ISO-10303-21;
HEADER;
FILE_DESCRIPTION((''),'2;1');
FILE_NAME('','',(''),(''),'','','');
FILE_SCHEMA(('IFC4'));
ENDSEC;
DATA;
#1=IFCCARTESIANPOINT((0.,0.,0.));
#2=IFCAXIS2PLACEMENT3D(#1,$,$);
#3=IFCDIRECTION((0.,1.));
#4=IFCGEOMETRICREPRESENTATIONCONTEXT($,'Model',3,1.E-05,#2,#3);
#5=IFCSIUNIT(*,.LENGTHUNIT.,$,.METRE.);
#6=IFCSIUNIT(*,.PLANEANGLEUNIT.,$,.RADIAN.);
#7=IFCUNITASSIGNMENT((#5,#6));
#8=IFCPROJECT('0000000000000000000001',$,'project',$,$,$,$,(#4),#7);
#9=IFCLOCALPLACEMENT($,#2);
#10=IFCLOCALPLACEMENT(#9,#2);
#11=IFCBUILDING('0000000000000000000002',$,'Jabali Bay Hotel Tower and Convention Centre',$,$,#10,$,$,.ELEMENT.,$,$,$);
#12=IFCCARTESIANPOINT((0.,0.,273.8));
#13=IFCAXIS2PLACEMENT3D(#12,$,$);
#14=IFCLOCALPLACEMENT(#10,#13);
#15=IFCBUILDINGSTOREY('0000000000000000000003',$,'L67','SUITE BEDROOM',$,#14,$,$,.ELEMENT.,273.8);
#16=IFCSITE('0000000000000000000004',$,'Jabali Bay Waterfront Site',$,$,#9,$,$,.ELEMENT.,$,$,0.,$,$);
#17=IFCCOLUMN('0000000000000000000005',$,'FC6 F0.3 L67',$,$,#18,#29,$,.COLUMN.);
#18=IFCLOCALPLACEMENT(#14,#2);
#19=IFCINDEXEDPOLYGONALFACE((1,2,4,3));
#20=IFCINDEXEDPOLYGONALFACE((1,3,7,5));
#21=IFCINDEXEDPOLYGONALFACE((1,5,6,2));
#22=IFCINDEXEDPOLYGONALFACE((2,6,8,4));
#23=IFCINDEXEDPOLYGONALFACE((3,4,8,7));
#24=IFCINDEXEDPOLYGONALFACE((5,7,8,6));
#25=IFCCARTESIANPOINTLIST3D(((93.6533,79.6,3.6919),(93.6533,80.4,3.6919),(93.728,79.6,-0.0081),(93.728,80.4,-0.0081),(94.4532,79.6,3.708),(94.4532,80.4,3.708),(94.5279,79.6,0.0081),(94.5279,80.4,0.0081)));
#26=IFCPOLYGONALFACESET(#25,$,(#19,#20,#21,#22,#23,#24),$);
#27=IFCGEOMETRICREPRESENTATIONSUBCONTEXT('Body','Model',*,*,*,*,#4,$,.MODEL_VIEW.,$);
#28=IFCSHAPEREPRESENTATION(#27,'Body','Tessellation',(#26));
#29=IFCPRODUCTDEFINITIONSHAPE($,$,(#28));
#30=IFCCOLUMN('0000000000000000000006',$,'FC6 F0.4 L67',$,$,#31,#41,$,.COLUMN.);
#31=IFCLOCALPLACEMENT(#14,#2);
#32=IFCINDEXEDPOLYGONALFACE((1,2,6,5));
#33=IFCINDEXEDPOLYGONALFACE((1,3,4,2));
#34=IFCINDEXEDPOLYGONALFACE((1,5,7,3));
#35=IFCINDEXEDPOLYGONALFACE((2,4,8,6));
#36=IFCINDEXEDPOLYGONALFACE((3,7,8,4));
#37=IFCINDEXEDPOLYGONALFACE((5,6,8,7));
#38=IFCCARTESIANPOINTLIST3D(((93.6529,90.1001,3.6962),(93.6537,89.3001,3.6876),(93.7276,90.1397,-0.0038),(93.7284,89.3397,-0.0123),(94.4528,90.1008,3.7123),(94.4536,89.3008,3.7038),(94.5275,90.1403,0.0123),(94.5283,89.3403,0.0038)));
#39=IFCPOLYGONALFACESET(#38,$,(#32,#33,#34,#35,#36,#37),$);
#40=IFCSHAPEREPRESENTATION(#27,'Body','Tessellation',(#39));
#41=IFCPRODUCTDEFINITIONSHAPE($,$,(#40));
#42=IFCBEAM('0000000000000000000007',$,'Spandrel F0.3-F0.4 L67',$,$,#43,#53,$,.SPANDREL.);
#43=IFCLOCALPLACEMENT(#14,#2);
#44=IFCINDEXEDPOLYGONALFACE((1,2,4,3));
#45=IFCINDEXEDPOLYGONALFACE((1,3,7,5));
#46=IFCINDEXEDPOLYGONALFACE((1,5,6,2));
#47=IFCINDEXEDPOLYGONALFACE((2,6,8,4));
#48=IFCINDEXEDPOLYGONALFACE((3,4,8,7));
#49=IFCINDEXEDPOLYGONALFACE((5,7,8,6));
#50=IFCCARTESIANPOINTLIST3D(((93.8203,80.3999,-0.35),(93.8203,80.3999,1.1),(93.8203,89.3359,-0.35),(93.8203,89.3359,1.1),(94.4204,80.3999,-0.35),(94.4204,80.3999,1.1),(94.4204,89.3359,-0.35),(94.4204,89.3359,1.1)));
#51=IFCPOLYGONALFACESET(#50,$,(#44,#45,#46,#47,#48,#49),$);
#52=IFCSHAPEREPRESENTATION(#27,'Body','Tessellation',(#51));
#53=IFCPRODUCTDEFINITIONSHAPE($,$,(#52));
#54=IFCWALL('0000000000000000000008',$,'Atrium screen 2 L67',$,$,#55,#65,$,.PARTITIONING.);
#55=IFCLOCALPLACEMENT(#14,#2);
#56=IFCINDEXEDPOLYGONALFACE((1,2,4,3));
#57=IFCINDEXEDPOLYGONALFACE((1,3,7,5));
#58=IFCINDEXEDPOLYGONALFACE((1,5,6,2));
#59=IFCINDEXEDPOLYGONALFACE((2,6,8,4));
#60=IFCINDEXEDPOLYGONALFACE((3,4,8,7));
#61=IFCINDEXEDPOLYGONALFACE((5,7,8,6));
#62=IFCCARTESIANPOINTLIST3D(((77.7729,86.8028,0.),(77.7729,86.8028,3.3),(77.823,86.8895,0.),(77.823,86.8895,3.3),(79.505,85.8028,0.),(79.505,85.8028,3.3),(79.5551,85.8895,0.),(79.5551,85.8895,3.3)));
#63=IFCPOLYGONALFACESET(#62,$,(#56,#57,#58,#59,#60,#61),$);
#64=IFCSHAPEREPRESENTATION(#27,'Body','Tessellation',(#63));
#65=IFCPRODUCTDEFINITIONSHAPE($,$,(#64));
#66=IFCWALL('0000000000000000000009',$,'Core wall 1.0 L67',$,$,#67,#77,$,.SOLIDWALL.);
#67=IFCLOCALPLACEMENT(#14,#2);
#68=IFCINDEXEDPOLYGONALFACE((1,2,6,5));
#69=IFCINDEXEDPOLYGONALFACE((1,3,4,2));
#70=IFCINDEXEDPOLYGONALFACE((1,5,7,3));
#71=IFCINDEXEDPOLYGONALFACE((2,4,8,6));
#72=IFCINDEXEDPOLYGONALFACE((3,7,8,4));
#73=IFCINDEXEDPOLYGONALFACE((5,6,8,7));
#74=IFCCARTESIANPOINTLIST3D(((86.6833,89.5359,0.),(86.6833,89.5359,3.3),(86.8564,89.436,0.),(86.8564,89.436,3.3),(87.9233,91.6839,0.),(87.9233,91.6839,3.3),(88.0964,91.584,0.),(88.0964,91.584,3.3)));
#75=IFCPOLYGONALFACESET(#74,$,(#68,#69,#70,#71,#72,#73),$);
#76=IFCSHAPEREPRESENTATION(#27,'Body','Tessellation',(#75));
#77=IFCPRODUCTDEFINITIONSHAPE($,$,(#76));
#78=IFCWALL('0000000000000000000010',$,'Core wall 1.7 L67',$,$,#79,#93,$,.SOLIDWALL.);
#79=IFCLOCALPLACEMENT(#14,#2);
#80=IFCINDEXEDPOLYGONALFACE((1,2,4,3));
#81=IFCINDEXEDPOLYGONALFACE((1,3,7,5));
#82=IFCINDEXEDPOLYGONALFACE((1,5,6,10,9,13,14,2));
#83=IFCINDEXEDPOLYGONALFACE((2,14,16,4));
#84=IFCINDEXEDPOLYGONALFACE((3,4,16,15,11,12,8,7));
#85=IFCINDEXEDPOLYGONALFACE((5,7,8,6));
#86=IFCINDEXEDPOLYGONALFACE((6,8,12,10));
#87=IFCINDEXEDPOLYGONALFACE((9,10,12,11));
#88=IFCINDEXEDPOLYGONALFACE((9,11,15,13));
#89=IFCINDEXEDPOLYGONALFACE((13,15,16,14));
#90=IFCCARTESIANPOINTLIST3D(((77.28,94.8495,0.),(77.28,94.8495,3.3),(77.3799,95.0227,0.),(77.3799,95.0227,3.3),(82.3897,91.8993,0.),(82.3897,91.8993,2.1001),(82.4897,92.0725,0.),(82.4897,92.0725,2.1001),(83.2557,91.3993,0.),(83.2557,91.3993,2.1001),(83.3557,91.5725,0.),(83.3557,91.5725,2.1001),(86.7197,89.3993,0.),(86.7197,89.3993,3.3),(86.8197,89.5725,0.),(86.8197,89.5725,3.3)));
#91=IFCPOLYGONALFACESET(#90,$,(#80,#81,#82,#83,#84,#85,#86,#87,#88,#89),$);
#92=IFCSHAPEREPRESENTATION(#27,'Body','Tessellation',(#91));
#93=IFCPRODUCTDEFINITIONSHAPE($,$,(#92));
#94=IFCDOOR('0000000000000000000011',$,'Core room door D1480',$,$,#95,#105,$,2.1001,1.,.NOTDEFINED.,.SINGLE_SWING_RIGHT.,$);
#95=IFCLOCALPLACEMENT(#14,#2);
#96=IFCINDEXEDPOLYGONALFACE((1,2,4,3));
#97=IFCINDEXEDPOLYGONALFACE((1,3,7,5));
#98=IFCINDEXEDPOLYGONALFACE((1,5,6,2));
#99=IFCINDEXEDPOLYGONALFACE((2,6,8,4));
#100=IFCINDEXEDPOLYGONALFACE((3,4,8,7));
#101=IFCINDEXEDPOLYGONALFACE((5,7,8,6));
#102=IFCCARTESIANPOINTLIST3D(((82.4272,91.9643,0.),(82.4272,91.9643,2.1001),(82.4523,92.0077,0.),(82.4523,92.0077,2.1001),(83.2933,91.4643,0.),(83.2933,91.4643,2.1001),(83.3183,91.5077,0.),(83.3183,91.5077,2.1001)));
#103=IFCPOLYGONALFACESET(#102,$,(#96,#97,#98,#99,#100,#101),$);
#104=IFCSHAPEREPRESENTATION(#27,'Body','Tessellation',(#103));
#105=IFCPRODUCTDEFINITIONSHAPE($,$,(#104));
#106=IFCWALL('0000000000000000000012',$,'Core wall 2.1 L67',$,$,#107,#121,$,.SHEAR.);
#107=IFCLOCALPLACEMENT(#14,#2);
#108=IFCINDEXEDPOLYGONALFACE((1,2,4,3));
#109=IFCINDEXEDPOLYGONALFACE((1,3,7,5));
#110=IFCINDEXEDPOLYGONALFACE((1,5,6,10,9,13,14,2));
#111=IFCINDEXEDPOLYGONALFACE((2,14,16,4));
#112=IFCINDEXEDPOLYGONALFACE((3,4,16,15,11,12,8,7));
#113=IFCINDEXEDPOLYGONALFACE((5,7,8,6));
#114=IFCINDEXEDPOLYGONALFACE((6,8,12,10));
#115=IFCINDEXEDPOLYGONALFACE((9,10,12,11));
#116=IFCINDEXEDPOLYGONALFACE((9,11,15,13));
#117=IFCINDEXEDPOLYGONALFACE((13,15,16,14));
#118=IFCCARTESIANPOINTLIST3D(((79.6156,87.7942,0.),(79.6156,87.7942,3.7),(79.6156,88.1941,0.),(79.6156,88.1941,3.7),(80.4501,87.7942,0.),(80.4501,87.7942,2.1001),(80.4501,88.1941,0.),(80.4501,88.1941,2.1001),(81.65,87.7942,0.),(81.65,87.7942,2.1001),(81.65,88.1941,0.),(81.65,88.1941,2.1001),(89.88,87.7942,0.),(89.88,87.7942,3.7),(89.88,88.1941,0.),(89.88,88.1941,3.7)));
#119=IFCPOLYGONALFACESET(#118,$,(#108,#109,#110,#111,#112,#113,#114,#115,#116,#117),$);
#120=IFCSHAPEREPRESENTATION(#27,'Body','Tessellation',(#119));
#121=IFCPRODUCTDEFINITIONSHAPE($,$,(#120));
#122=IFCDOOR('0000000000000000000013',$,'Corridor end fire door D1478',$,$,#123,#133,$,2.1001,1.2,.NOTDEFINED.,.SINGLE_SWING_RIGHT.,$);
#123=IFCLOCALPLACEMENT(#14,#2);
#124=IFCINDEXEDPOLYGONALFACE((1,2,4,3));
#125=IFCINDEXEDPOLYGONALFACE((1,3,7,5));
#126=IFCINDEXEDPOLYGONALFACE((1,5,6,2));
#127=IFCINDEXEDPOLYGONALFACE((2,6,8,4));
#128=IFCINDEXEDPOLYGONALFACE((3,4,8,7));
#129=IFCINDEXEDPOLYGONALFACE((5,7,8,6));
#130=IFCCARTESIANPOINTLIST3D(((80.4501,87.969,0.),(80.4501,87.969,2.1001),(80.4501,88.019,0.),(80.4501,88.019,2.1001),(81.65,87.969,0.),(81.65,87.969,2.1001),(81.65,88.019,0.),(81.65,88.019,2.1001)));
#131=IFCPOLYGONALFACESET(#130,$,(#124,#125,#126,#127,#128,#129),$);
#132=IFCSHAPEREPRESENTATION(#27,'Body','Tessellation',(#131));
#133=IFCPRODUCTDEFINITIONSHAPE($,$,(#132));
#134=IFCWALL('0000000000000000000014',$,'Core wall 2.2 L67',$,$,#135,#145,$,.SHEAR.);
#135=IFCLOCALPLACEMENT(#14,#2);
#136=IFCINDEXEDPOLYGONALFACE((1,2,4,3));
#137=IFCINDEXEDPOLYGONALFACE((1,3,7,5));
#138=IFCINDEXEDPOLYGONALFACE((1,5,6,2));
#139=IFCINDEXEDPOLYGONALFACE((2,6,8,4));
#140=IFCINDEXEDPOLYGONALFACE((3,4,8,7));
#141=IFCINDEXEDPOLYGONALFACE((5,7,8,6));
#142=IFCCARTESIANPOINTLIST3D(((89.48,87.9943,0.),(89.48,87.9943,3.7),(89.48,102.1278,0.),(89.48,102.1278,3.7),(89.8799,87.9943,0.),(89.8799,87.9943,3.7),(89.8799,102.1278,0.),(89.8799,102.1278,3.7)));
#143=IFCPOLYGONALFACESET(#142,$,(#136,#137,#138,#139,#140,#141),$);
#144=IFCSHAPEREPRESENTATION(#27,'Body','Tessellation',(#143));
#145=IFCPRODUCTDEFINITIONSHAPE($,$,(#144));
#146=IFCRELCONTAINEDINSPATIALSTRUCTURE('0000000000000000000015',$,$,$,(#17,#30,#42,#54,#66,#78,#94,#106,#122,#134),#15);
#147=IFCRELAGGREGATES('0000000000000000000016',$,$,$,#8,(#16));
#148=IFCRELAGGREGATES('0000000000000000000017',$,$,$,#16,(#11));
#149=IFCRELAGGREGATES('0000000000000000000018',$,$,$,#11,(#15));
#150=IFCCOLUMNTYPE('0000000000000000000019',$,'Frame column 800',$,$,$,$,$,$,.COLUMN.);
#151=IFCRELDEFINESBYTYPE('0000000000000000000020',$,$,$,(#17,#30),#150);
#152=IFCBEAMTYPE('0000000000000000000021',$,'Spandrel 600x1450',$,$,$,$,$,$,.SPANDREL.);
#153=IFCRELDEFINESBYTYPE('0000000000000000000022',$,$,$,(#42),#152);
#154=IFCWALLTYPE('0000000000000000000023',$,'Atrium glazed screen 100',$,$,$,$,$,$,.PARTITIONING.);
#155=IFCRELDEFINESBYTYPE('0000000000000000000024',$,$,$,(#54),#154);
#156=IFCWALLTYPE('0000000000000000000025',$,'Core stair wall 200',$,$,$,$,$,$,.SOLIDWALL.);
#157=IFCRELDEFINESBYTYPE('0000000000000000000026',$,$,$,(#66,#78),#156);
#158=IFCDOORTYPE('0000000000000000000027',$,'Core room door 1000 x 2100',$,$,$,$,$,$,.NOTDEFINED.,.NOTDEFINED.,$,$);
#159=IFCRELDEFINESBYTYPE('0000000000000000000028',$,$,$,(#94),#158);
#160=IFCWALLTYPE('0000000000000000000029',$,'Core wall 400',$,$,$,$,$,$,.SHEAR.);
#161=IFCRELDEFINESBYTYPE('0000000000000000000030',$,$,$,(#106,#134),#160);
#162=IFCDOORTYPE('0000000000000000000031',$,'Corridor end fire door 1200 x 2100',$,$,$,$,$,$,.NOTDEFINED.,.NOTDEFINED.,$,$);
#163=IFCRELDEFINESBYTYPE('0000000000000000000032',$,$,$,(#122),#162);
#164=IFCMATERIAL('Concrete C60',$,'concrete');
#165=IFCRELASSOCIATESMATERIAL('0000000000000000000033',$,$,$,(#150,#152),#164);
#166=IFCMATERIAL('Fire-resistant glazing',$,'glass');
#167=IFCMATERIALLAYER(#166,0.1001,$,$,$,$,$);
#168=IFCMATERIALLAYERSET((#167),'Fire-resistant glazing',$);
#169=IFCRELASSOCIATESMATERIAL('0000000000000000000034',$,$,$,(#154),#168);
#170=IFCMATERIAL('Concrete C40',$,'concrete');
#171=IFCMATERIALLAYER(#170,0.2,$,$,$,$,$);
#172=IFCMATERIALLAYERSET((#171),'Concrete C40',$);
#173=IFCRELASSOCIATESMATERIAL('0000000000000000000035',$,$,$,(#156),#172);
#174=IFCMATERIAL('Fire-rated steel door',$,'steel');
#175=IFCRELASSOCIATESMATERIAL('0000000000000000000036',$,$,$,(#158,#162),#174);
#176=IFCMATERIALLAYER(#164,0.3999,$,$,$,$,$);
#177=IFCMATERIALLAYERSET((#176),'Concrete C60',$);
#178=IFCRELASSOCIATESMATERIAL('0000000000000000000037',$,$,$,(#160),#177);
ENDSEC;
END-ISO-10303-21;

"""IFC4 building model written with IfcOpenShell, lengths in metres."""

from ifc_helpers import new_model, si_unit, direction, frame, frame_2d, origin, origin_2d, place, context, subcontext, project, spatial, rectangle, extrude, material, layer, layer_set, material_profile, profile_set, type_object, element, fill, save


model = new_model("IFC4")

# Units and contexts
model_context = context("Model", 3, precision=1e-05, world=origin(), true_north=direction((0.0, 1.0)))
body_context = subcontext(model_context, "Body", "Model", "MODEL_VIEW")
ifc_project = project(units=[si_unit("LENGTHUNIT", "METRE"), si_unit("PLANEANGLEUNIT", "RADIAN")], contexts=[model_context])

# Site, building, storey
site_placement = place(None, origin())
site = spatial("IfcSite", under=ifc_project, at=site_placement, Name="Jabali Bay Waterfront Site", CompositionType="ELEMENT", RefElevation=0.0)
building_placement = place(site_placement, origin())
building = spatial("IfcBuilding", under=site, at=building_placement, Name="Jabali Bay Hotel Tower and Convention Centre", CompositionType="ELEMENT")
storey_placement = place(building_placement, frame((0.0, 0.0, 273.8)))
storey = spatial("IfcBuildingStorey", under=building, at=storey_placement, Name="L67", Description="SUITE BEDROOM", CompositionType="ELEMENT", Elevation=273.8)

# Columns
ifc_material_1 = material(Name="Concrete C60", Category="concrete")
ifc_material_profile_1 = material_profile(ifc_material_1, rectangle(XDim=0.8, YDim=0.8, at=origin_2d()), Name="Frame column 800")
ifc_profile_set_1 = profile_set([ifc_material_profile_1], Name="Concrete C60")
column_type = type_object("IfcColumnType", Name="Frame column 800", PredefinedType="COLUMN", material=ifc_profile_set_1)
column_1_placement = place(storey_placement, frame((94.1279, 80.0, 0.0), z_axis=(-0.020187, 0.0, 0.999796), x_axis=(0.0, -1.0, 0.0)))
element("IfcColumn", 1, at=column_1_placement, inside=storey, type_object=column_type, Name="FC6 F0.3 L67", PredefinedType="COLUMN", context=body_context, shape_type="SweptSolid", body=[
    extrude(rectangle(XDim=0.8, YDim=0.8, at=origin_2d()), origin(), (0.0, 0.0, 1.0), 3.7007),
])
column_2_placement = place(storey_placement, frame((94.1279, 89.74, 0.0), z_axis=(-0.020186, -0.010687, 0.999739), x_axis=(0.999796, 0.000808, 0.020196)))
element("IfcColumn", 2, at=column_2_placement, inside=storey, type_object=column_type, Name="FC6 F0.4 L67", PredefinedType="COLUMN", context=body_context, shape_type="SweptSolid", body=[
    extrude(rectangle(XDim=0.8, YDim=0.8, at=origin_2d()), origin(), (0.0, 0.0, 1.0), 3.7009),
])

# Beam
ifc_material_profile_2 = material_profile(ifc_material_1, rectangle(XDim=0.6001, YDim=1.45, at=origin_2d()), Name="Spandrel 600x1450")
ifc_profile_set_2 = profile_set([ifc_material_profile_2], Name="Concrete C60")
beam_type = type_object("IfcBeamType", Name="Spandrel 600x1450", PredefinedType="SPANDREL", material=ifc_profile_set_2)
beam_placement = place(storey_placement, frame((94.1204, 80.3999, 0.375), z_axis=(0.0, 1.0, 0.0), x_axis=(-1.0, 0.0, 0.0)))
element("IfcBeam", 3, at=beam_placement, inside=storey, type_object=beam_type, Name="Spandrel F0.3-F0.4 L67", PredefinedType="SPANDREL", context=body_context, shape_type="SweptSolid", body=[
    extrude(rectangle(XDim=0.6001, YDim=1.45, at=origin_2d()), origin(), (0.0, 0.0, 1.0), 8.936),
])

# Walls
ifc_material_2 = material(Name="Fire-resistant glazing", Category="glass")
ifc_layer_1 = layer(ifc_material_2, 0.1001)
ifc_layer_set_1 = layer_set([ifc_layer_1], Name="Fire-resistant glazing")
wall_type_1 = type_object("IfcWallType", Name="Atrium glazed screen 100", PredefinedType="PARTITIONING", material=ifc_layer_set_1)
wall_1_placement = place(storey_placement, frame((79.53, 85.8462, 0.0), z_axis=(0.0, 0.0, 1.0), x_axis=(-0.866041, 0.499973, 0.0)))
element("IfcWall", 4, at=wall_1_placement, inside=storey, type_object=wall_type_1, Name="Atrium screen 2 L67", PredefinedType="PARTITIONING", context=body_context, shape_type="SweptSolid", body=[
    extrude(rectangle(XDim=2.0, YDim=0.1001, at=frame_2d((1.0, 0.0))), origin(), (0.0, 0.0, 1.0), 3.3),
])
ifc_material_3 = material(Name="Concrete C40", Category="concrete")
ifc_layer_2 = layer(ifc_material_3, 0.2)
ifc_layer_set_2 = layer_set([ifc_layer_2], Name="Concrete C40")
wall_type_2 = type_object("IfcWallType", Name="Core stair wall 200", PredefinedType="SOLIDWALL", material=ifc_layer_set_2)
wall_2_placement = place(storey_placement, frame((86.7698, 89.4858, 0.0), z_axis=(0.0, 0.0, 1.0), x_axis=(0.499961, 0.866048, 0.0)))
element("IfcWall", 5, at=wall_2_placement, inside=storey, type_object=wall_type_2, Name="Core wall 1.0 L67", PredefinedType="SOLIDWALL", context=body_context, shape_type="SweptSolid", body=[
    extrude(rectangle(XDim=2.4802, YDim=0.2, at=frame_2d((1.2402, 0.0))), origin(), (0.0, 0.0, 1.0), 3.3),
])

# Walls, openings, doors
wall_3_placement = place(storey_placement, frame((86.7698, 89.4858, 0.0), z_axis=(0.0, 0.0, 1.0), x_axis=(-0.866018, 0.500013, 0.0)))
wall_3 = element("IfcWall", 6, at=wall_3_placement, inside=storey, type_object=wall_type_2, Name="Core wall 1.7 L67", PredefinedType="SOLIDWALL", context=body_context, shape_type="SweptSolid", body=[
    extrude(rectangle(XDim=10.9001, YDim=0.2, at=frame_2d((5.4502, 0.0))), origin(), (0.0, 0.0, 1.0), 3.3),
])
opening_1_placement = place(wall_3_placement, frame((4.0, 0.0, 0.0)))
opening_1 = element("IfcOpeningElement", 7, at=opening_1_placement, cuts=wall_3, PredefinedType="OPENING", context=body_context, shape_type="SweptSolid", body=[
    extrude(rectangle(XDim=1.0, YDim=2.1001, at=frame_2d((0.5, 1.05))), frame((0.0, 0.1104, 0.0), z_axis=(0.0, -1.0, 0.0), x_axis=(1.0, 0.0, 0.0)), (0.0, 0.0, 1.0), 0.2209),
])
ifc_material_4 = material(Name="Fire-rated steel door", Category="steel")
door_type_1 = type_object("IfcDoorType", Name="Core room door 1000 x 2100", OperationType="NOTDEFINED", PredefinedType="NOTDEFINED", material=ifc_material_4)
door_1_placement = place(opening_1_placement, origin())
door_1 = element("IfcDoor", 8, at=door_1_placement, inside=storey, type_object=door_type_1, Name="Core room door D1480", OperationType="SINGLE_SWING_RIGHT", OverallHeight=2.1001, OverallWidth=1.0, PredefinedType="NOTDEFINED", context=body_context, shape_type="SweptSolid", body=[
    extrude(rectangle(XDim=1.0, YDim=2.1001, at=frame_2d((0.5, 1.05))), frame((0.0, 0.0249, 0.0), z_axis=(0.0, -1.0, 0.0), x_axis=(1.0, 0.0, 0.0)), (0.0, 0.0, 1.0), 0.05),
])
fill(opening_1, door_1)
ifc_layer_3 = layer(ifc_material_1, 0.3999)
ifc_layer_set_3 = layer_set([ifc_layer_3], Name="Concrete C60")
wall_type_3 = type_object("IfcWallType", Name="Core wall 400", PredefinedType="SHEAR", material=ifc_layer_set_3)
wall_4_placement = place(storey_placement, frame((79.6155, 87.9941, 0.0), z_axis=(0.0, 0.0, 1.0), x_axis=(1.0, 0.0, 0.0)))
wall_4 = element("IfcWall", 9, at=wall_4_placement, inside=storey, type_object=wall_type_3, Name="Core wall 2.1 L67", PredefinedType="SHEAR", context=body_context, shape_type="SweptSolid", body=[
    extrude(rectangle(XDim=10.2644, YDim=0.3999, at=frame_2d((5.1323, 0.0))), origin(), (0.0, 0.0, 1.0), 3.7),
])
opening_2_placement = place(wall_4_placement, frame((0.8345, 0.0, 0.0)))
opening_2 = element("IfcOpeningElement", 10, at=opening_2_placement, cuts=wall_4, PredefinedType="OPENING", context=body_context, shape_type="SweptSolid", body=[
    extrude(rectangle(XDim=1.2, YDim=2.1001, at=frame_2d((0.6001, 1.05))), frame((0.0, 0.2104, 0.0), z_axis=(0.0, -1.0, 0.0), x_axis=(1.0, 0.0, 0.0)), (0.0, 0.0, 1.0), 0.4209),
])
door_type_2 = type_object("IfcDoorType", Name="Corridor end fire door 1200 x 2100", OperationType="NOTDEFINED", PredefinedType="NOTDEFINED", material=ifc_material_4)
door_2_placement = place(opening_2_placement, origin())
door_2 = element("IfcDoor", 11, at=door_2_placement, inside=storey, type_object=door_type_2, Name="Corridor end fire door D1478", OperationType="SINGLE_SWING_RIGHT", OverallHeight=2.1001, OverallWidth=1.2, PredefinedType="NOTDEFINED", context=body_context, shape_type="SweptSolid", body=[
    extrude(rectangle(XDim=1.2, YDim=2.1001, at=frame_2d((0.6001, 1.05))), frame((0.0, 0.0249, 0.0), z_axis=(0.0, -1.0, 0.0), x_axis=(1.0, 0.0, 0.0)), (0.0, 0.0, 1.0), 0.05),
])
fill(opening_2, door_2)

# Wall
wall_5_placement = place(storey_placement, frame((89.6799, 87.9941, 0.0), z_axis=(0.0, 0.0, 1.0), x_axis=(0.0, 1.0, 0.0)))
element("IfcWall", 12, at=wall_5_placement, inside=storey, type_object=wall_type_3, Name="Core wall 2.2 L67", PredefinedType="SHEAR", context=body_context, shape_type="SweptSolid", body=[
    extrude(rectangle(XDim=14.1335, YDim=0.3999, at=frame_2d((7.0669, 0.0))), origin(), (0.0, 0.0, 1.0), 3.7),
])

save(model, "model.ifc")
